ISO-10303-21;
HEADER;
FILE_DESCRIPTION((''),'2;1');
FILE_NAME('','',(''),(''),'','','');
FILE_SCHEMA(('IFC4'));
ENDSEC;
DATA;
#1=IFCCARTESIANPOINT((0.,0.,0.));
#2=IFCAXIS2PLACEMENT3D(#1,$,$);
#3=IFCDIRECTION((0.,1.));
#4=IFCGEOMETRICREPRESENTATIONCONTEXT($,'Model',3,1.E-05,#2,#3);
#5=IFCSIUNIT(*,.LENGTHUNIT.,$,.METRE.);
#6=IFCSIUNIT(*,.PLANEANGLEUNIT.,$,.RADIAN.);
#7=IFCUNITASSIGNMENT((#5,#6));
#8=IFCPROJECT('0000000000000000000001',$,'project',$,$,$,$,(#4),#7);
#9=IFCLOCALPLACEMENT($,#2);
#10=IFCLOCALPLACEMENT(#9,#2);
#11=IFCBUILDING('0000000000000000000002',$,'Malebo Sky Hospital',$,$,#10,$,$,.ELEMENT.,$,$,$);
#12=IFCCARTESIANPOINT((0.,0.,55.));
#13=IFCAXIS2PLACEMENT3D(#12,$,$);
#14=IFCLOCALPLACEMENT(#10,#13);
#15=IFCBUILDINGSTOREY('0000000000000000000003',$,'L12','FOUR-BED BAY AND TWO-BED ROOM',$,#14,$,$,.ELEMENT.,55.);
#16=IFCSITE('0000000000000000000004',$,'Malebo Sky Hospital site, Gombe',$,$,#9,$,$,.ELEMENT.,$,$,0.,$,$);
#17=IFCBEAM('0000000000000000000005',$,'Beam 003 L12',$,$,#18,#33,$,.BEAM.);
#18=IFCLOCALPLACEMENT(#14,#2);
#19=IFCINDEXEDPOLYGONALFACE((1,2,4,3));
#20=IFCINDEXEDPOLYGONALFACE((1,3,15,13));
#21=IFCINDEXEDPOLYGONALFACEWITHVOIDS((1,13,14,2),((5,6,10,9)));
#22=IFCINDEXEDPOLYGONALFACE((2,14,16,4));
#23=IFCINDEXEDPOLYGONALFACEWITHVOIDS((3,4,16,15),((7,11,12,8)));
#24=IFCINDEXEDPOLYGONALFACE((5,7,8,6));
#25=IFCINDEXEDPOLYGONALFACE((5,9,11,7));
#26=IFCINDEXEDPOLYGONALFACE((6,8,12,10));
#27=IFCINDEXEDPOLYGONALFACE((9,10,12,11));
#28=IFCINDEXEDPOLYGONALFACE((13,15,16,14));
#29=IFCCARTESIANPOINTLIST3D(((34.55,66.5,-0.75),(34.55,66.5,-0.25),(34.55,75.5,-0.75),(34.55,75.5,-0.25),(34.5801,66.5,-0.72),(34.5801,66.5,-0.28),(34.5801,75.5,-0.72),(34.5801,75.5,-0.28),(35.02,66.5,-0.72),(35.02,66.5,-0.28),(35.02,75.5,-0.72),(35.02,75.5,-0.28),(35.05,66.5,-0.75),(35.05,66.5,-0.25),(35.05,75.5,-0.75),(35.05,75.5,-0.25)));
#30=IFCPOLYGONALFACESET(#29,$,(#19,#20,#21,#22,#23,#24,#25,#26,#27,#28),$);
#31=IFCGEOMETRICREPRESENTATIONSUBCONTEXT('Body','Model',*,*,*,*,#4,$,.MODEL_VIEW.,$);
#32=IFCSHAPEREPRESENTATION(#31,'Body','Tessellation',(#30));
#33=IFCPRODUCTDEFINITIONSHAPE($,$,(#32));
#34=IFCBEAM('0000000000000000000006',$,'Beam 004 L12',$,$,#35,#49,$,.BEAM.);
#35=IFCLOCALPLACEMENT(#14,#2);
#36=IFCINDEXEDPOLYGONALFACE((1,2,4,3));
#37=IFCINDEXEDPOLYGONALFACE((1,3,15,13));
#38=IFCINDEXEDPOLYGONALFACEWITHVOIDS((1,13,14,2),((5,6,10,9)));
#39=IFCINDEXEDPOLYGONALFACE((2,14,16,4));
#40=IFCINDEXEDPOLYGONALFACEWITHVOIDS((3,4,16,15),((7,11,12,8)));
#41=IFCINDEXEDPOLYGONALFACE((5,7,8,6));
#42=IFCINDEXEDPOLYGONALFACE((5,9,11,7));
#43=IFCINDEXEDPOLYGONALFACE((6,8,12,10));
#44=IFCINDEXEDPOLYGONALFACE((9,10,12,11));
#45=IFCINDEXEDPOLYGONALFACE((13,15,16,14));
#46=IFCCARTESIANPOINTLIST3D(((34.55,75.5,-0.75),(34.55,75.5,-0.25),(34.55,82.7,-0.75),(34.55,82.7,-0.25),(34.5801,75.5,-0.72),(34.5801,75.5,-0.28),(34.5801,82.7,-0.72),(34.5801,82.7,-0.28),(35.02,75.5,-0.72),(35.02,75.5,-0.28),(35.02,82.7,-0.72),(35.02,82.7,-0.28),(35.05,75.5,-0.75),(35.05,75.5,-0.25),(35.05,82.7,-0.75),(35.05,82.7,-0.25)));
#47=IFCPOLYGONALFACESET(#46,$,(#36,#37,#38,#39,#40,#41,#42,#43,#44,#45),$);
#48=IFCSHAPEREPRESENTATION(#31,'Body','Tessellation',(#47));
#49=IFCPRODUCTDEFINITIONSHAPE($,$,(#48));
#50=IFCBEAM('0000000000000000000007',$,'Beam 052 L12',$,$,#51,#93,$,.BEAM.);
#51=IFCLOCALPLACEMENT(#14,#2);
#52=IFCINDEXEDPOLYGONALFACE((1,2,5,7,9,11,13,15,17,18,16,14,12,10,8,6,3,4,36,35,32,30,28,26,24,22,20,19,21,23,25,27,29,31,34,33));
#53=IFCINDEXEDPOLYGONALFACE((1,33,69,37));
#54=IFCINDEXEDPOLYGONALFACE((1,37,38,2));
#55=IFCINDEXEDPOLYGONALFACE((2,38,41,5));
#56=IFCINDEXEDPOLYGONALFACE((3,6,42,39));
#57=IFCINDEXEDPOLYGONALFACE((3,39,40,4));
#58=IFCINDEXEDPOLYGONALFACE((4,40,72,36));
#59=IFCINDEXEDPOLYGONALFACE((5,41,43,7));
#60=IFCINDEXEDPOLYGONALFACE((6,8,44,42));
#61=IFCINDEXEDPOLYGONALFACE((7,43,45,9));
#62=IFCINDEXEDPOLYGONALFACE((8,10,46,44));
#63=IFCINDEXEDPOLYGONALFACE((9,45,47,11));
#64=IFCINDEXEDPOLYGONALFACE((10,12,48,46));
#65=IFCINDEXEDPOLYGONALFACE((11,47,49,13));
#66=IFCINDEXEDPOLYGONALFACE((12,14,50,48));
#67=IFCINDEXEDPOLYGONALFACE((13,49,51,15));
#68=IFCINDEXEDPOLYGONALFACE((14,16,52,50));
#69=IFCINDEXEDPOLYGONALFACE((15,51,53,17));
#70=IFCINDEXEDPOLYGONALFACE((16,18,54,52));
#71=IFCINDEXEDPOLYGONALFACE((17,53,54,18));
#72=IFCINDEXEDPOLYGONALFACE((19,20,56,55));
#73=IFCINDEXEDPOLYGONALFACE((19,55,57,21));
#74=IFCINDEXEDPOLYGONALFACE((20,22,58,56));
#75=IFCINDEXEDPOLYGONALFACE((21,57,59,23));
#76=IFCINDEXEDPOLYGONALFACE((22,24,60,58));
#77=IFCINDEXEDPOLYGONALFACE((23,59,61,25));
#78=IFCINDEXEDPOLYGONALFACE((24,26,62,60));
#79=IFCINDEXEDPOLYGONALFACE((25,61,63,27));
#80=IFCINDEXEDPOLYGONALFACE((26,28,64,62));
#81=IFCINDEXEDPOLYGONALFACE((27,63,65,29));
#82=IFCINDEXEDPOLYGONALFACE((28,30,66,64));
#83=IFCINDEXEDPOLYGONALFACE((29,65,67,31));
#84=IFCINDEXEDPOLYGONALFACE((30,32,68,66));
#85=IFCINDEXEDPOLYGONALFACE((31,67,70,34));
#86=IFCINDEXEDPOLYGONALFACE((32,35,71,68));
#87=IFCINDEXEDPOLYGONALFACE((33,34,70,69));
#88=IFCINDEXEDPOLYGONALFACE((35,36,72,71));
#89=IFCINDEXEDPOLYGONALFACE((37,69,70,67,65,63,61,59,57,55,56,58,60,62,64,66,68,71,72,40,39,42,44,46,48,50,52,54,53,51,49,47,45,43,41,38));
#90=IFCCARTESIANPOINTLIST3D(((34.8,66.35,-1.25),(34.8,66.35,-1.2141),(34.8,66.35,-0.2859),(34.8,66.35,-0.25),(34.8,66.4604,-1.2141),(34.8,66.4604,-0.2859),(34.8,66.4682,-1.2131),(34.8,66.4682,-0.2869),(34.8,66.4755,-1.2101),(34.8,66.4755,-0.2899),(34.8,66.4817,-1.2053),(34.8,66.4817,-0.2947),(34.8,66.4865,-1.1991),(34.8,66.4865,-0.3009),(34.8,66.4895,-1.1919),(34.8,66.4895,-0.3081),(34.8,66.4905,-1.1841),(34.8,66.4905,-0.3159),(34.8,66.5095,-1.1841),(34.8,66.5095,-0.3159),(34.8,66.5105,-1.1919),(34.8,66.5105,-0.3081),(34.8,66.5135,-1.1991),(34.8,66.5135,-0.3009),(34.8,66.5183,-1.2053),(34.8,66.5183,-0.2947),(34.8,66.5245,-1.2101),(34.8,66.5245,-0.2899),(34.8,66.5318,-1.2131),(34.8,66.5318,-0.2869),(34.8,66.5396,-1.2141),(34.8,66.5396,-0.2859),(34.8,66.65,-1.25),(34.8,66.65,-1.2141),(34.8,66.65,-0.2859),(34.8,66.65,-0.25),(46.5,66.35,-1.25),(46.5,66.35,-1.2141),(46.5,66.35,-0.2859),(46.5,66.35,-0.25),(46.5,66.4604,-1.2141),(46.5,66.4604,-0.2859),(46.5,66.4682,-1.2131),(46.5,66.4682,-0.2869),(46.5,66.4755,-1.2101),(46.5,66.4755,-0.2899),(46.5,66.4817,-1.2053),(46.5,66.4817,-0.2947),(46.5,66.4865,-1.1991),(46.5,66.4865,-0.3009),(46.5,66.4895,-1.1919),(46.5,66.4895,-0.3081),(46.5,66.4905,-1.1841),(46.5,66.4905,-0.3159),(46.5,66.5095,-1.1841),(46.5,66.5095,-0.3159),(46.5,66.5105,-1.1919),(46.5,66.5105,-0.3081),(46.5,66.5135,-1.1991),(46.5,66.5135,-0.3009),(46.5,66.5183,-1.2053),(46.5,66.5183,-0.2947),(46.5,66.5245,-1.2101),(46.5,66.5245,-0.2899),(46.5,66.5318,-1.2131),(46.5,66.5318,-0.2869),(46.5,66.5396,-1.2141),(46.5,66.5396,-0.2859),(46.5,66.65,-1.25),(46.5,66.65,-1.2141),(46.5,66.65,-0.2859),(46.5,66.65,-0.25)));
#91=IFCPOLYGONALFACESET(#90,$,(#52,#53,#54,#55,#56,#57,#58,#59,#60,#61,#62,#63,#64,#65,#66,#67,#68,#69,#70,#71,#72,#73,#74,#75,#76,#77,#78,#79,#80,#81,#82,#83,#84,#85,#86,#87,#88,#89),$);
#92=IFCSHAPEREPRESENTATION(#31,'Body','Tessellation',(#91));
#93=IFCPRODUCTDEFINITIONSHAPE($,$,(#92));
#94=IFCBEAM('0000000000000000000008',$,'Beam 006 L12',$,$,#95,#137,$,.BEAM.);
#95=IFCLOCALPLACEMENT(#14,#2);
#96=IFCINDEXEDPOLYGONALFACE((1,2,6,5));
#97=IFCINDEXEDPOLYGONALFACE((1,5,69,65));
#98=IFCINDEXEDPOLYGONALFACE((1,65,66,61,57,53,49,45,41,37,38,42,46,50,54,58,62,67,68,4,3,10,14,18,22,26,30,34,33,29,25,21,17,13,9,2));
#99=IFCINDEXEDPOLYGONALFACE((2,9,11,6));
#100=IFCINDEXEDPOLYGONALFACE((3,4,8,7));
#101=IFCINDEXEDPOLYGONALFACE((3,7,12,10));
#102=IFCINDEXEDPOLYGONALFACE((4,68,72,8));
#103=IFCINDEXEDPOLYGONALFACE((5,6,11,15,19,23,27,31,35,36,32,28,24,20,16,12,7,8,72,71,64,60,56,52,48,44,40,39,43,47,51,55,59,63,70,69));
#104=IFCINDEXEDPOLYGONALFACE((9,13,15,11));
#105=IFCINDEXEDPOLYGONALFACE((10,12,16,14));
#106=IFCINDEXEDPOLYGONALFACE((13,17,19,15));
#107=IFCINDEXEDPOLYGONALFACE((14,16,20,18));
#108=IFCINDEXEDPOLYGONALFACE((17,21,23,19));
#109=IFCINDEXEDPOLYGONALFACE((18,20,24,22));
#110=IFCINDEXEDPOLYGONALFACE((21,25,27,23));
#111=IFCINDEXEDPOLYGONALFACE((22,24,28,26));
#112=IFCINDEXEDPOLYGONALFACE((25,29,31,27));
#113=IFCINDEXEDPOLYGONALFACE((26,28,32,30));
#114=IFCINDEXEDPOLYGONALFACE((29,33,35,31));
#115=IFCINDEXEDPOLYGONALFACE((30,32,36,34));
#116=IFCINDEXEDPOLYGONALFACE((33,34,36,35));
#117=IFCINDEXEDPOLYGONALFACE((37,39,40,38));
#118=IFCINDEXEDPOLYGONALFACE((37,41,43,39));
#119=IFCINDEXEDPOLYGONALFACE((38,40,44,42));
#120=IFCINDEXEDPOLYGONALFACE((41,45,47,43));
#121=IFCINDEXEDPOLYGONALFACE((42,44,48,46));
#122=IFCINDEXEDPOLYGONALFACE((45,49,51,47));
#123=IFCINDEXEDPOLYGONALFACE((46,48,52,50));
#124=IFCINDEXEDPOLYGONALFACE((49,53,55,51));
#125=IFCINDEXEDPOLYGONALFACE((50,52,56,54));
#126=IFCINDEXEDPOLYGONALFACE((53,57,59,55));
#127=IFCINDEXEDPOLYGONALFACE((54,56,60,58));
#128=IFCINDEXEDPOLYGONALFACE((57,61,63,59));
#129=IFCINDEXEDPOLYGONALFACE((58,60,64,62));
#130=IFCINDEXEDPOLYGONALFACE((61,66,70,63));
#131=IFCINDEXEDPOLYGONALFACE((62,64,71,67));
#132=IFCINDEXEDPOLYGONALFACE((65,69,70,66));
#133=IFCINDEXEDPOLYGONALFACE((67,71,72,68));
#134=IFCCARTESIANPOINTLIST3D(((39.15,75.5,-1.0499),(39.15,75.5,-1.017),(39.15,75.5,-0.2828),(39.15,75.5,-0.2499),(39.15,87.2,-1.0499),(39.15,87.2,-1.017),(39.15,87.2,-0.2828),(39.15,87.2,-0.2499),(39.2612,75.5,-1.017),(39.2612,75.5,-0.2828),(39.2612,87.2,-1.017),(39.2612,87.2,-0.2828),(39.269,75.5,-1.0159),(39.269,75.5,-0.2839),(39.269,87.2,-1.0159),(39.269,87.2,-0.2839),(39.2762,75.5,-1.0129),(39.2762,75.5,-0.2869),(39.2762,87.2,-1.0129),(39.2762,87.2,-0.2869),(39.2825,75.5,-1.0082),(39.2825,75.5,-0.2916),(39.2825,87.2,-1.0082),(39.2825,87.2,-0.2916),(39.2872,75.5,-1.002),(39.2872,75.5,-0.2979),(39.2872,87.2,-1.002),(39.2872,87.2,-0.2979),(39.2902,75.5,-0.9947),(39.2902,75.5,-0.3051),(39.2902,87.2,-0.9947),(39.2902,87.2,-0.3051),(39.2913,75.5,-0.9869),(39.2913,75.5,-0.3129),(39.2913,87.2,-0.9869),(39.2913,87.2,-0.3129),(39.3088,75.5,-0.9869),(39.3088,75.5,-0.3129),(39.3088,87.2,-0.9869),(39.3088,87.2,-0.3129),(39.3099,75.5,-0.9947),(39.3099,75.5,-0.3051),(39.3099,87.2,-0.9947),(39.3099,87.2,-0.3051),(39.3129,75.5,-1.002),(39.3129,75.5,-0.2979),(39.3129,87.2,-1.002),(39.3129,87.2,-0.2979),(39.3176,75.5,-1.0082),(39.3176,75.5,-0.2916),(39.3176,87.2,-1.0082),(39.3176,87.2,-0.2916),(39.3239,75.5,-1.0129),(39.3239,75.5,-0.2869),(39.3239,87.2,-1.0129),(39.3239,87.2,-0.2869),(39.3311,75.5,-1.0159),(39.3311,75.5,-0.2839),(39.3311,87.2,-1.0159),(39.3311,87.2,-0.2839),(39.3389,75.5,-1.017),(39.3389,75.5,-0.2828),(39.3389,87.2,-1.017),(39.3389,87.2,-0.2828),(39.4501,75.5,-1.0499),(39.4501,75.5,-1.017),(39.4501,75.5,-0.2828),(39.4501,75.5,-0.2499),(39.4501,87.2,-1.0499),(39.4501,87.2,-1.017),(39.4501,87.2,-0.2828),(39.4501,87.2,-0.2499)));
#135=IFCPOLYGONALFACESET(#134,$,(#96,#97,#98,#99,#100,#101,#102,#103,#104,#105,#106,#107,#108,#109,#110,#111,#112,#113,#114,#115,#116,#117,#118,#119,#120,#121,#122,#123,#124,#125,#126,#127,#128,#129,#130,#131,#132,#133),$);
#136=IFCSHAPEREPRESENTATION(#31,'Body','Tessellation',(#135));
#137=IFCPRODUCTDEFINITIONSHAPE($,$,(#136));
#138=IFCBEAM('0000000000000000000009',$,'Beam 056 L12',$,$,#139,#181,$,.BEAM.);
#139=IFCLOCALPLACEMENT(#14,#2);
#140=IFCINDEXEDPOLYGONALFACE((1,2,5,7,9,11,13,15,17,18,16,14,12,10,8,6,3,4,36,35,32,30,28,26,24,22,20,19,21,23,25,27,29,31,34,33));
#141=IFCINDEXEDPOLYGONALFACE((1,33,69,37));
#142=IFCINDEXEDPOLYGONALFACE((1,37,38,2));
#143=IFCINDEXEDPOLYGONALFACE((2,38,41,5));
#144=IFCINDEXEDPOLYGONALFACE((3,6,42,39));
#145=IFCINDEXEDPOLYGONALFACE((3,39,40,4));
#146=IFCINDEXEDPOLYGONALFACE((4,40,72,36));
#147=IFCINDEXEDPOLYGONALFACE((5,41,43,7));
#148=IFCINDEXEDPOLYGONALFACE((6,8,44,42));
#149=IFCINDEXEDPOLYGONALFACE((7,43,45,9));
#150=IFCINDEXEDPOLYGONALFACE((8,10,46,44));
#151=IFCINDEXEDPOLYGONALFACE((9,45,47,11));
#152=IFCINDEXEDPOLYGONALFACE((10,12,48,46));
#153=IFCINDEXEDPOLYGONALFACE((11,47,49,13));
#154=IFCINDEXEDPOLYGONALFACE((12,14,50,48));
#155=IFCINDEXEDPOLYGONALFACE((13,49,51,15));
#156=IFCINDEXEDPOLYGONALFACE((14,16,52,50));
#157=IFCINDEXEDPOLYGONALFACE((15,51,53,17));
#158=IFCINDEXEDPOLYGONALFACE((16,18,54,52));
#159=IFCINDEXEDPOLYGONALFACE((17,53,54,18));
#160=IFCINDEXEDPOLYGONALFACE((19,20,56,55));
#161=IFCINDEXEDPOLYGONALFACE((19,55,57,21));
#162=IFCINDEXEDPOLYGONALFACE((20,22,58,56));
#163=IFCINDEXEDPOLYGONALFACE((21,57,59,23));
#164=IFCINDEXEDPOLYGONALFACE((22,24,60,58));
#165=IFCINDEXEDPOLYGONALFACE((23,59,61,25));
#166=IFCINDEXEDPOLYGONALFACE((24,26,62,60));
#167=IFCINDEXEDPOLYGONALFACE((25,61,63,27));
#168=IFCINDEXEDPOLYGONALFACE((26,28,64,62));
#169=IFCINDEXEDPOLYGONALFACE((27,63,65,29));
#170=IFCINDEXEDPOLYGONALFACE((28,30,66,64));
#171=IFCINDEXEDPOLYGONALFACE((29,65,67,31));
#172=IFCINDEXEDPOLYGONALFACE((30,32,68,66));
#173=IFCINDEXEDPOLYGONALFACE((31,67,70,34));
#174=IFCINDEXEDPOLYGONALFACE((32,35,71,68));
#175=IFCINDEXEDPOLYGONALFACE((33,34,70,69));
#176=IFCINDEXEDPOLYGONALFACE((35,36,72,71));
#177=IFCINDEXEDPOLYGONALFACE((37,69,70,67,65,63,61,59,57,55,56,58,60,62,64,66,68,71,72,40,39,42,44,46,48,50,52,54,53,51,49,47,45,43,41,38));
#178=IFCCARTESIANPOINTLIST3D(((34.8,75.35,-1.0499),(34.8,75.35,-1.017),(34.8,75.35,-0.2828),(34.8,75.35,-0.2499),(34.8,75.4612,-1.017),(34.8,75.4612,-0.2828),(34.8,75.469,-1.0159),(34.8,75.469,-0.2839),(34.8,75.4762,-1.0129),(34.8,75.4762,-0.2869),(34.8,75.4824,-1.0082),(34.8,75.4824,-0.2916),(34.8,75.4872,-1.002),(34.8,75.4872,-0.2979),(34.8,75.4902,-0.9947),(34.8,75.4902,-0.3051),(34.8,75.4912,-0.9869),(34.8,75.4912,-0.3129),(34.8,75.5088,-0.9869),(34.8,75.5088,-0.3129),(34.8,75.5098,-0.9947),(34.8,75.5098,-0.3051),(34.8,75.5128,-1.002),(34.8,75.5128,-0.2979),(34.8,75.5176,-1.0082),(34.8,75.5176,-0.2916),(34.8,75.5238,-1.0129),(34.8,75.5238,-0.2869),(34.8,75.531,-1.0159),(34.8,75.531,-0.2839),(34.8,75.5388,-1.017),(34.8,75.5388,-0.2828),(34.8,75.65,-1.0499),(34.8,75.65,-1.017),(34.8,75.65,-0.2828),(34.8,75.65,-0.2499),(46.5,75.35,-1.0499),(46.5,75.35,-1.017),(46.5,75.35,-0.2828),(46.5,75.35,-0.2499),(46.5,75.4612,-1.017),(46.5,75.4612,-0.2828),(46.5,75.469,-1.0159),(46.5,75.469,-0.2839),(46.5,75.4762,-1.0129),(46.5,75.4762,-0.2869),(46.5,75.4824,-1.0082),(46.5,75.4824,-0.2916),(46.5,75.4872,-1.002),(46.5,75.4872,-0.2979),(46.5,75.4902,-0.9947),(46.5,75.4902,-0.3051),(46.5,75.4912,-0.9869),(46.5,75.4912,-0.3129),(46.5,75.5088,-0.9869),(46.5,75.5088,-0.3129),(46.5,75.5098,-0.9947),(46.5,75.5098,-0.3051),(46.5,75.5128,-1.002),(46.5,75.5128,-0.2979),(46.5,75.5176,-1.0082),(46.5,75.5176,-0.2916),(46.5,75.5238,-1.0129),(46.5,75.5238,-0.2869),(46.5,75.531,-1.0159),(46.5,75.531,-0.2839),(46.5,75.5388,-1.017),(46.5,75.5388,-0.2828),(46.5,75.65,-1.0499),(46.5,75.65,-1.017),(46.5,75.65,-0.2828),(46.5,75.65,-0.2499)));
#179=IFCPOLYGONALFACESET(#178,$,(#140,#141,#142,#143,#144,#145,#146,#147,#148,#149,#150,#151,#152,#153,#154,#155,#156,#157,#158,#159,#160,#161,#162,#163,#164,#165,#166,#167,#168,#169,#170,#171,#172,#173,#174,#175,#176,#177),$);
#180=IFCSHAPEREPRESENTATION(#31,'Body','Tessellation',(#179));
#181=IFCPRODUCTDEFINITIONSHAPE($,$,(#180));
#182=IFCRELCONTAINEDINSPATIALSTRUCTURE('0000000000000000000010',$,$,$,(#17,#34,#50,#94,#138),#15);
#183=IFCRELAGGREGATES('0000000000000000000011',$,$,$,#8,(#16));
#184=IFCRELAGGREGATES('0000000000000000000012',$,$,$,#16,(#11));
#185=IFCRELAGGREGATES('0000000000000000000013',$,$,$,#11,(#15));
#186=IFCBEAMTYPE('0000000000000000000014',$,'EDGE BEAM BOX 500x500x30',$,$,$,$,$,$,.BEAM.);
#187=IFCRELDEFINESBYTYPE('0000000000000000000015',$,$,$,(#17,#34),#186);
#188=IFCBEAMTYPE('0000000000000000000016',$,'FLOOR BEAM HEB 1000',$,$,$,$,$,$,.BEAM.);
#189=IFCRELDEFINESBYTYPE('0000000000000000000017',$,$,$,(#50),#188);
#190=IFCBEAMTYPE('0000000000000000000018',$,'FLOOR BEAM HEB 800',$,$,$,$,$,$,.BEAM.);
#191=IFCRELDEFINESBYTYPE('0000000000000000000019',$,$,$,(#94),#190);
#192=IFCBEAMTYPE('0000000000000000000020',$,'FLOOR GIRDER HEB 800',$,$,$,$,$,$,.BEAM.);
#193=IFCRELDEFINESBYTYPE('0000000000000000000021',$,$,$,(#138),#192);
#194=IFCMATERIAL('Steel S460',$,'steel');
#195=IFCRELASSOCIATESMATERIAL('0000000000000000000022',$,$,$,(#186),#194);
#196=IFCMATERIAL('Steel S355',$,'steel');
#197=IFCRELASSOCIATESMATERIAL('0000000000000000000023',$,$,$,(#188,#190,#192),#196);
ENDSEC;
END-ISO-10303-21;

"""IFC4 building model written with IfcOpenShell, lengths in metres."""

from ifc_helpers import new_model, si_unit, direction, frame, origin, origin_2d, place, context, subcontext, project, spatial, hollow_rectangle, i_section, extrude, material, material_profile, profile_set, type_object, element, save


model = new_model("IFC4")

# Units and contexts
model_context = context("Model", 3, precision=1e-05, world=origin(), true_north=direction((0.0, 1.0)))
body_context = subcontext(model_context, "Body", "Model", "MODEL_VIEW")
ifc_project = project(units=[si_unit("LENGTHUNIT", "METRE"), si_unit("PLANEANGLEUNIT", "RADIAN")], contexts=[model_context])

# Site, building, storey
site_placement = place(None, origin())
site = spatial("IfcSite", under=ifc_project, at=site_placement, Name="Malebo Sky Hospital site, Gombe", CompositionType="ELEMENT", RefElevation=0.0)
building_placement = place(site_placement, origin())
building = spatial("IfcBuilding", under=site, at=building_placement, Name="Malebo Sky Hospital", CompositionType="ELEMENT")
storey_placement = place(building_placement, frame((0.0, 0.0, 55.0)))
storey = spatial("IfcBuildingStorey", under=building, at=storey_placement, Name="L12", Description="FOUR-BED BAY AND TWO-BED ROOM", CompositionType="ELEMENT", Elevation=55.0)

# Shared definitions
ifc_material_1 = material(Name="Steel S460", Category="steel")

# Shared definitions
ifc_material_2 = material(Name="Steel S355", Category="steel")

# Beams
ifc_material_profile_1 = material_profile(ifc_material_1, hollow_rectangle(XDim=0.5, YDim=0.5, WallThickness=0.03, at=origin_2d()), Name="BOX 500x500x30")
ifc_profile_set_1 = profile_set([ifc_material_profile_1], Name="Steel S460")
beam_type_1 = type_object("IfcBeamType", Name="EDGE BEAM BOX 500x500x30", PredefinedType="BEAM", material=ifc_profile_set_1)
beam_1_placement = place(storey_placement, frame((34.8, 66.5, -0.5), z_axis=(0.0, 1.0, 0.0), x_axis=(-1.0, 0.0, 0.0)))
element("IfcBeam", 1, at=beam_1_placement, inside=storey, type_object=beam_type_1, Name="Beam 003 L12", PredefinedType="BEAM", context=body_context, shape_type="SweptSolid", body=[
    extrude(hollow_rectangle(XDim=0.5, YDim=0.5, WallThickness=0.03, at=origin_2d()), origin(), (0.0, 0.0, 1.0), 9.0),
])
beam_2_placement = place(storey_placement, frame((34.8, 75.5, -0.5), z_axis=(0.0, 1.0, 0.0), x_axis=(-1.0, 0.0, 0.0)))
element("IfcBeam", 2, at=beam_2_placement, inside=storey, type_object=beam_type_1, Name="Beam 004 L12", PredefinedType="BEAM", context=body_context, shape_type="SweptSolid", body=[
    extrude(hollow_rectangle(XDim=0.5, YDim=0.5, WallThickness=0.03, at=origin_2d()), origin(), (0.0, 0.0, 1.0), 7.2),
])
ifc_material_profile_2 = material_profile(ifc_material_2, i_section(OverallWidth=0.3, OverallDepth=1.0, WebThickness=0.019, FlangeThickness=0.0359, FilletRadius=0.03, at=origin_2d()), Name="HEB 1000")
ifc_profile_set_2 = profile_set([ifc_material_profile_2], Name="Steel S355")
beam_type_2 = type_object("IfcBeamType", Name="FLOOR BEAM HEB 1000", PredefinedType="BEAM", material=ifc_profile_set_2)
beam_3_placement = place(storey_placement, frame((34.8, 66.5, -0.75), z_axis=(1.0, 0.0, 0.0), x_axis=(0.0, 1.0, 0.0)))
element("IfcBeam", 3, at=beam_3_placement, inside=storey, type_object=beam_type_2, Name="Beam 052 L12", PredefinedType="BEAM", context=body_context, shape_type="SweptSolid", body=[
    extrude(i_section(OverallWidth=0.3, OverallDepth=1.0, WebThickness=0.019, FlangeThickness=0.0359, FilletRadius=0.03, at=origin_2d()), origin(), (0.0, 0.0, 1.0), 11.7),
])
ifc_material_profile_3 = material_profile(ifc_material_2, i_section(OverallWidth=0.3, OverallDepth=0.8, WebThickness=0.0176, FlangeThickness=0.033, FilletRadius=0.03, at=origin_2d()), Name="HEB 800")
ifc_profile_set_3 = profile_set([ifc_material_profile_3], Name="Steel S355")
beam_type_3 = type_object("IfcBeamType", Name="FLOOR BEAM HEB 800", PredefinedType="BEAM", material=ifc_profile_set_3)
beam_4_placement = place(storey_placement, frame((39.3, 75.5, -0.6499), z_axis=(0.0, 1.0, 0.0), x_axis=(-1.0, 0.0, 0.0)))
element("IfcBeam", 4, at=beam_4_placement, inside=storey, type_object=beam_type_3, Name="Beam 006 L12", PredefinedType="BEAM", context=body_context, shape_type="SweptSolid", body=[
    extrude(i_section(OverallWidth=0.3, OverallDepth=0.8, WebThickness=0.0176, FlangeThickness=0.033, FilletRadius=0.03, at=origin_2d()), origin(), (0.0, 0.0, 1.0), 11.7),
])
ifc_material_profile_4 = material_profile(ifc_material_2, i_section(OverallWidth=0.3, OverallDepth=0.8, WebThickness=0.0176, FlangeThickness=0.033, FilletRadius=0.03, at=origin_2d()), Name="HEB 800")
ifc_profile_set_4 = profile_set([ifc_material_profile_4], Name="Steel S355")
beam_type_4 = type_object("IfcBeamType", Name="FLOOR GIRDER HEB 800", PredefinedType="BEAM", material=ifc_profile_set_4)
beam_5_placement = place(storey_placement, frame((34.8, 75.5, -0.6499), z_axis=(1.0, 0.0, 0.0), x_axis=(0.0, 1.0, 0.0)))
element("IfcBeam", 5, at=beam_5_placement, inside=storey, type_object=beam_type_4, Name="Beam 056 L12", PredefinedType="BEAM", context=body_context, shape_type="SweptSolid", body=[
    extrude(i_section(OverallWidth=0.3, OverallDepth=0.8, WebThickness=0.0176, FlangeThickness=0.033, FilletRadius=0.03, at=origin_2d()), origin(), (0.0, 0.0, 1.0), 11.7),
])

save(model, "model.ifc")
